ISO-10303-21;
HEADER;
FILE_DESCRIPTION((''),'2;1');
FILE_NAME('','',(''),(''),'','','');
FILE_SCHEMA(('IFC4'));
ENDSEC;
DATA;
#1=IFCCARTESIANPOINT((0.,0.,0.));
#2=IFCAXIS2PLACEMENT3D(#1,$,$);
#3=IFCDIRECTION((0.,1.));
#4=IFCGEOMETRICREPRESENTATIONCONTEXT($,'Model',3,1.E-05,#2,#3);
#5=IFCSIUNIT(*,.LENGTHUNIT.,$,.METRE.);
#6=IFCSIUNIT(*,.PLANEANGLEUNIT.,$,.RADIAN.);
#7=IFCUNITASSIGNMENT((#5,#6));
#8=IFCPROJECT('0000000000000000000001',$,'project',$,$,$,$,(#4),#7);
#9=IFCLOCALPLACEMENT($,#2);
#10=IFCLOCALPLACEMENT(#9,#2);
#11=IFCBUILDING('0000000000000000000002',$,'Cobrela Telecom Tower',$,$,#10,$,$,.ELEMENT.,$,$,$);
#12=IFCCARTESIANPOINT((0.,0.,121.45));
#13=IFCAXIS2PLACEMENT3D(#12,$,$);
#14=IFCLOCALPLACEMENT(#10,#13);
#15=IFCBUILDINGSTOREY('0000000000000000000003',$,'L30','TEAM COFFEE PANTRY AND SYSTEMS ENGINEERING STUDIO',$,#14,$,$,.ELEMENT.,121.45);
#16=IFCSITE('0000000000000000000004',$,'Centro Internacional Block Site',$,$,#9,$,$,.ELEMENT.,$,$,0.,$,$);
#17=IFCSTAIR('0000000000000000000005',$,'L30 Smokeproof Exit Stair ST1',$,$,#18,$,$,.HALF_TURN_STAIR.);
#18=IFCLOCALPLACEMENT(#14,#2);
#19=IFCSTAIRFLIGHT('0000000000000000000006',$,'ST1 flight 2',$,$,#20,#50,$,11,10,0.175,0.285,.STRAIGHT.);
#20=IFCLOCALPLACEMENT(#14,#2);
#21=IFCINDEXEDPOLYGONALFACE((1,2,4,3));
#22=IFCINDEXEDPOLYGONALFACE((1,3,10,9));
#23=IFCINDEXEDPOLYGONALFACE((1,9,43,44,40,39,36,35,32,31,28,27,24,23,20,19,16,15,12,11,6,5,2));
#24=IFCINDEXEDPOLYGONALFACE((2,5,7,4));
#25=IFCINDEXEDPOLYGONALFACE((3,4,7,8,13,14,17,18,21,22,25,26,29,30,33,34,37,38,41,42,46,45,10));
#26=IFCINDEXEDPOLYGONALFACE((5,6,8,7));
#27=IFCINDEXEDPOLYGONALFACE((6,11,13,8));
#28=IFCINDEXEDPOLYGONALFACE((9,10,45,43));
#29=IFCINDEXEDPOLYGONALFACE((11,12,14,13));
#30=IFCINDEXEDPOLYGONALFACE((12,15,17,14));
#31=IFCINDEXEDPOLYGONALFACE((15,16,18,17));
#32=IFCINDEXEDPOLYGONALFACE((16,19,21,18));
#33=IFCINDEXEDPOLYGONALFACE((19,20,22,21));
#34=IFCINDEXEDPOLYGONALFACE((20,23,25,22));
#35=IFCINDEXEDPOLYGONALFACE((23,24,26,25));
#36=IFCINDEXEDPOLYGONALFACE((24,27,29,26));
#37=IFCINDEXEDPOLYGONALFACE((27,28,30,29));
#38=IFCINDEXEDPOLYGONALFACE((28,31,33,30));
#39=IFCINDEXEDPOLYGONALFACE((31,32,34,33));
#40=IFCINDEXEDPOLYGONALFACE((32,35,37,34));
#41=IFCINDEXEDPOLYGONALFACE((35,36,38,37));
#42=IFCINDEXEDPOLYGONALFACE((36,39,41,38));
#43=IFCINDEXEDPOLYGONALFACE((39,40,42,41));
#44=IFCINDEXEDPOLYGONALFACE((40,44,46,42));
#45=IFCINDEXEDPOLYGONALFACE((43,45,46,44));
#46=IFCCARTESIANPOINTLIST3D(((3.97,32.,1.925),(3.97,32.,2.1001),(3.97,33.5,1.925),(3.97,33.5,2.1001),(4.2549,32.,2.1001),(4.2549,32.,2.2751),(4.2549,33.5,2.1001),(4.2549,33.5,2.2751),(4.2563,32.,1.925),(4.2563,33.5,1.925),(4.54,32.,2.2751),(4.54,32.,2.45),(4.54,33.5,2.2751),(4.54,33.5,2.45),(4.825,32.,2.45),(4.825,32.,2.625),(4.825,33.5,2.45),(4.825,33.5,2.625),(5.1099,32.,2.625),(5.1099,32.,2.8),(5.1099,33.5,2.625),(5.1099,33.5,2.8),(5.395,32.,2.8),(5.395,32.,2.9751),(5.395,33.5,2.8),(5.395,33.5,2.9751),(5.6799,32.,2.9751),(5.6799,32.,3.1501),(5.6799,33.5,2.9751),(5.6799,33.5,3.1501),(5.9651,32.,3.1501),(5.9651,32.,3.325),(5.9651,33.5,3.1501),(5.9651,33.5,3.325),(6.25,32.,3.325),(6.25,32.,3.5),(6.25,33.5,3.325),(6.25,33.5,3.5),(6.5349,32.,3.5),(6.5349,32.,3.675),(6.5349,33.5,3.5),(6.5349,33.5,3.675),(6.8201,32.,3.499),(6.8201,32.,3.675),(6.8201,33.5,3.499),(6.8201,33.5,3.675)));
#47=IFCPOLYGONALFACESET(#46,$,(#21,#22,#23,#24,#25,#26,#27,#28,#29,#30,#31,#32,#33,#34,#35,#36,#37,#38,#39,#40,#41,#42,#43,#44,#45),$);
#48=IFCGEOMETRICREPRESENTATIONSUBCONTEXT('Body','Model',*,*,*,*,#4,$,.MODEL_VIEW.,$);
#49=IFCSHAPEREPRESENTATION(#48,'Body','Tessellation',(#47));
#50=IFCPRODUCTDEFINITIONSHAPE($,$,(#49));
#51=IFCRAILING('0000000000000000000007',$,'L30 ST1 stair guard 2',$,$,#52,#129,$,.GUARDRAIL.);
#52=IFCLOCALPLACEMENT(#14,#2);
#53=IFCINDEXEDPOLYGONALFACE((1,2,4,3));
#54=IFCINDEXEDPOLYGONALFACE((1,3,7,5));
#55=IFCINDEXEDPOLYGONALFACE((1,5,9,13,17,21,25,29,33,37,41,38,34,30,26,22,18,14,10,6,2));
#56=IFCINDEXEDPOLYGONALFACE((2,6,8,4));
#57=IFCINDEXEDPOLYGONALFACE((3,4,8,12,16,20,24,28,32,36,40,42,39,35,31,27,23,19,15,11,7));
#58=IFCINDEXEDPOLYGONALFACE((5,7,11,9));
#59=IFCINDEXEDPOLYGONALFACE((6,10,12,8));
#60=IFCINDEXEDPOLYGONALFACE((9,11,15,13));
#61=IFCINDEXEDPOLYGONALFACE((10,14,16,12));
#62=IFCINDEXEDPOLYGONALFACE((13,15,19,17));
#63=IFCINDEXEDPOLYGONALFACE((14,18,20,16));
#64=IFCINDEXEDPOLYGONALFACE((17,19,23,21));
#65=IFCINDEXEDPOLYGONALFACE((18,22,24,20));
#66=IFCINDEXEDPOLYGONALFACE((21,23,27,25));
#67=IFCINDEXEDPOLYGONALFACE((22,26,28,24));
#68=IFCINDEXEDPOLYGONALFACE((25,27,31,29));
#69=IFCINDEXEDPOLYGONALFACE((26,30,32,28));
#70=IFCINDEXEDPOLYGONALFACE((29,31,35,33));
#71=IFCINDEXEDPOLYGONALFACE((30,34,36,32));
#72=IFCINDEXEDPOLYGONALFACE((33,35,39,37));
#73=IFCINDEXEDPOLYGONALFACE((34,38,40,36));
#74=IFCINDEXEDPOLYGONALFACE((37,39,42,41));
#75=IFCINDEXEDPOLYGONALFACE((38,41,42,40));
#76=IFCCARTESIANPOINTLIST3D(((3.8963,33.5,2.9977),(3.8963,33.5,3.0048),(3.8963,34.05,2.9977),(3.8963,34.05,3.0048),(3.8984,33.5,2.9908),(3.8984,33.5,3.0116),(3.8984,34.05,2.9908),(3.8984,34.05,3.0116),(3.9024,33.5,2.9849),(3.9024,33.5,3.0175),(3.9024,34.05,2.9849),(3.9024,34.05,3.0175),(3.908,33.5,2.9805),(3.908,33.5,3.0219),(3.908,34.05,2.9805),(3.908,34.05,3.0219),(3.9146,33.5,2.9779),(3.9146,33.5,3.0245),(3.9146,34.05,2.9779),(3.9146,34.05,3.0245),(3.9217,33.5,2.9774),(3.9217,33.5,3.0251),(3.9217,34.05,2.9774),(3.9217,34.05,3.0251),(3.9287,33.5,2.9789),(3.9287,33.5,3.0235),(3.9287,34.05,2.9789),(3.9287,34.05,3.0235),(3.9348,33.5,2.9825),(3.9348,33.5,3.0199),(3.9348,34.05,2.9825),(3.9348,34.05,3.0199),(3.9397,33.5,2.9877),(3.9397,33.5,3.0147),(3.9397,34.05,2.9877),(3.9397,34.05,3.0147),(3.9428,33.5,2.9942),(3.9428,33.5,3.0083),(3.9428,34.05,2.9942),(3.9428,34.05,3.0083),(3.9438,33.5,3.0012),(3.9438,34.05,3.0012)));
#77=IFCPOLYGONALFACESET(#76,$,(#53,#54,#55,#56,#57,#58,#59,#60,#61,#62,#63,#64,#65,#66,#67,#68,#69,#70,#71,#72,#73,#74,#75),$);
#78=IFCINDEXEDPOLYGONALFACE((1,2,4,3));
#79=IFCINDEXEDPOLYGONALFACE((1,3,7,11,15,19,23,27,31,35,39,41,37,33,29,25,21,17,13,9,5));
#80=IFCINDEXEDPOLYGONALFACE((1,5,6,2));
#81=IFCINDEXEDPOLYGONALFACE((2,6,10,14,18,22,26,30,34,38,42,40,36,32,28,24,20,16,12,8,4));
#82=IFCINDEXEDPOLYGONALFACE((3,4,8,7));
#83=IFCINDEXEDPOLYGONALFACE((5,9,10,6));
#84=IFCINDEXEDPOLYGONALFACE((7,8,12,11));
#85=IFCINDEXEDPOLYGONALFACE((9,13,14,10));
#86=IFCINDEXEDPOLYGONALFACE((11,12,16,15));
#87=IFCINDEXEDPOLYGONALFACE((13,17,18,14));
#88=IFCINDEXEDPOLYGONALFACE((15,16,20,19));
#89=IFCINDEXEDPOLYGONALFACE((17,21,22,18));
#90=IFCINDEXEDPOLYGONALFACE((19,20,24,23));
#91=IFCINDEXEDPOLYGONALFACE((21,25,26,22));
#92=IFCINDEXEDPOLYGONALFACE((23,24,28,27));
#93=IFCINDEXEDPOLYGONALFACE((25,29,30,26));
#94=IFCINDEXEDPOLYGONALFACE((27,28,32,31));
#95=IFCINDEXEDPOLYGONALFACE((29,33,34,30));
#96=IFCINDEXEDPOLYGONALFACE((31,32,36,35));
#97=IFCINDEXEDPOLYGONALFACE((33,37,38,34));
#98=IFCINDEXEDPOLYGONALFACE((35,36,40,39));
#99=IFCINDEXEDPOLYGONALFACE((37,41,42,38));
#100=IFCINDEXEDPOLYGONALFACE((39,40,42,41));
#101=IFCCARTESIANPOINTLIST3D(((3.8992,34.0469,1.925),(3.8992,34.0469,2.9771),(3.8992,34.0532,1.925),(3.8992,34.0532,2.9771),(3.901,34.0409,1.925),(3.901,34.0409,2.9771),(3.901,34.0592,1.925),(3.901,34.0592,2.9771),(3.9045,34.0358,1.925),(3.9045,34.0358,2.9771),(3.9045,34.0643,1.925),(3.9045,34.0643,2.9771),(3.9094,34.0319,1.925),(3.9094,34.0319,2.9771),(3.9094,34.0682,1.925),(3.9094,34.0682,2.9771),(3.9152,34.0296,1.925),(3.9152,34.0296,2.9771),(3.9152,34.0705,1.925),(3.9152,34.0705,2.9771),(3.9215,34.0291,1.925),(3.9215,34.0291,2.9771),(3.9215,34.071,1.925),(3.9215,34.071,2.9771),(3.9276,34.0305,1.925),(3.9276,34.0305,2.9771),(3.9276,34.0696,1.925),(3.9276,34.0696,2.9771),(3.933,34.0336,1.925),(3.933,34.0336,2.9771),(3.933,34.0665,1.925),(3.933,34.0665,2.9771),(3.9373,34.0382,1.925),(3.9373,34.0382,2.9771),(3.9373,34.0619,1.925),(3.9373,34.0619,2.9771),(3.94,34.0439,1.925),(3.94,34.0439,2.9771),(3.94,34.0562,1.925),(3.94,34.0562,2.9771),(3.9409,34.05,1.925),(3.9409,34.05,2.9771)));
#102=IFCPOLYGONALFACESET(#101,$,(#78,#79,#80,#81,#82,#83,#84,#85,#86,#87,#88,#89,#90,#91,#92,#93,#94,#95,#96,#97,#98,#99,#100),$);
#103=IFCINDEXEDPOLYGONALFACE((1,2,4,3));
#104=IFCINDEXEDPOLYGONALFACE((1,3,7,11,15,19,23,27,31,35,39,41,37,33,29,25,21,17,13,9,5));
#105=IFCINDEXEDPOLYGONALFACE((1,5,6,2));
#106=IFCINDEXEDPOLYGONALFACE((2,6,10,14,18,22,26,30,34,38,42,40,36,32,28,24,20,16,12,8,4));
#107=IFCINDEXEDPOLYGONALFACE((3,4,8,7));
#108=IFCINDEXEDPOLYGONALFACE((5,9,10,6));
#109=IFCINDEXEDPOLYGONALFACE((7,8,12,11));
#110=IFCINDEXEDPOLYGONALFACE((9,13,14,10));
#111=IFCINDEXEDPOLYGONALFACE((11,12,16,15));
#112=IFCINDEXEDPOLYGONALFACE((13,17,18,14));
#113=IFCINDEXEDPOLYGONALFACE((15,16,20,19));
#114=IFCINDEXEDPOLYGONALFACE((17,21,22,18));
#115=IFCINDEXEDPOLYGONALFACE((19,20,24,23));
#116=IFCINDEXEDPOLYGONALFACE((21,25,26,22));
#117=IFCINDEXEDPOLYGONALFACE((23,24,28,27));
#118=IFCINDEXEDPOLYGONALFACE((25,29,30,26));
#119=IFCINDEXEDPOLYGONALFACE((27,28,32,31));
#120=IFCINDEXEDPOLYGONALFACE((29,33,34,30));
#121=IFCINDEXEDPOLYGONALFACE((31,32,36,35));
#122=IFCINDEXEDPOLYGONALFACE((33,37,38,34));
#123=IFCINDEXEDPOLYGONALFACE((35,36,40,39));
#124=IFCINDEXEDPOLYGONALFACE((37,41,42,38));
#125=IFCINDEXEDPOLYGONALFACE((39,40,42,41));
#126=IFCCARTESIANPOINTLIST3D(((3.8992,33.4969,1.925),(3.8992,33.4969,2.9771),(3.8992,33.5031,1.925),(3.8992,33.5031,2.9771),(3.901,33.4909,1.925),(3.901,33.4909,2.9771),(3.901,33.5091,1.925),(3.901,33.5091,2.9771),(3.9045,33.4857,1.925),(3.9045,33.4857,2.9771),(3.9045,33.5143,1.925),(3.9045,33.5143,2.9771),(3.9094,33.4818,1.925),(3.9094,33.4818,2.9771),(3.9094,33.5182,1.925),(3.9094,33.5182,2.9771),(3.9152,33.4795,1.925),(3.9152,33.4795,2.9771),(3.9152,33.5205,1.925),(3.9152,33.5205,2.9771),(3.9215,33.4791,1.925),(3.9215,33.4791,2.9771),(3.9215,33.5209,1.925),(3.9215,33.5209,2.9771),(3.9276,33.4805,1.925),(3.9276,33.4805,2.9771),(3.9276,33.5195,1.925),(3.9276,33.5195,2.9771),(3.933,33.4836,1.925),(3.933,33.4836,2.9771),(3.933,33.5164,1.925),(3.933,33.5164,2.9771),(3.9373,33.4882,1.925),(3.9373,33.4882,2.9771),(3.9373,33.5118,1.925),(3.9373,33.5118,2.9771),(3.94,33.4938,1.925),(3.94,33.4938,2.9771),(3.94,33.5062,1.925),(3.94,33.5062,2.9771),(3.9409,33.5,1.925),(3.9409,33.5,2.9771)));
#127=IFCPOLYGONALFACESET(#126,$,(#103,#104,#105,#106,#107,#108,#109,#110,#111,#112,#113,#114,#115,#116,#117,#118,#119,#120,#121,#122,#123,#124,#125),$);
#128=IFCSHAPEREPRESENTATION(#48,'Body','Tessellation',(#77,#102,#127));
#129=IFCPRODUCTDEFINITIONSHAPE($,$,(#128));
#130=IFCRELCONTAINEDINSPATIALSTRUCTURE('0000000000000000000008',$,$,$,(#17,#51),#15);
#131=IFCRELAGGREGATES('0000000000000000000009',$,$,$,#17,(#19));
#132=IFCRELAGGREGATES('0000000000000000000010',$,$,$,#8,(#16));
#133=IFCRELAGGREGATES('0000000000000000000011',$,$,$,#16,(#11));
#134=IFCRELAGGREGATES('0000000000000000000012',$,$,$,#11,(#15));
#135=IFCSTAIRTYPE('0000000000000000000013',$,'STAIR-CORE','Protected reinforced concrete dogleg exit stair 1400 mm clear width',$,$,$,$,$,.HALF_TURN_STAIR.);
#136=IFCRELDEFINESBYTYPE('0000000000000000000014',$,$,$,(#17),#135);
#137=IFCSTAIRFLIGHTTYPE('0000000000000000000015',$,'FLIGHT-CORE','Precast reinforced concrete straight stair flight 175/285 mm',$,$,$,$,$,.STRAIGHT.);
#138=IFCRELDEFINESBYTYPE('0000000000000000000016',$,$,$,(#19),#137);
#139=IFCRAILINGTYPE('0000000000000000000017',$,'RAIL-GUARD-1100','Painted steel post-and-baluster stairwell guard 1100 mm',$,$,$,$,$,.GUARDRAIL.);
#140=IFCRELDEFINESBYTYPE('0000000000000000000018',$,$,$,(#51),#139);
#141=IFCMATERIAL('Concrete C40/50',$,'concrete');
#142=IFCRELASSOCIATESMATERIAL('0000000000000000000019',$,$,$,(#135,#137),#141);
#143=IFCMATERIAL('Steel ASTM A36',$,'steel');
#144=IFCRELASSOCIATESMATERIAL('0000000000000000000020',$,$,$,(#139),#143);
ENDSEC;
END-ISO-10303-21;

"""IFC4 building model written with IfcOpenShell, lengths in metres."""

from ifc_helpers import new_model, si_unit, direction, frame, origin, origin_2d, place, context, subcontext, project, spatial, polyline, circle, outline, extrude, material, type_object, element, aggregate, save


model = new_model("IFC4")

# Units and contexts
model_context = context("Model", 3, precision=1e-05, world=origin(), true_north=direction((0.0, 1.0)))
body_context = subcontext(model_context, "Body", "Model", "MODEL_VIEW")
ifc_project = project(units=[si_unit("LENGTHUNIT", "METRE"), si_unit("PLANEANGLEUNIT", "RADIAN")], contexts=[model_context])

# Site, building, storey
site_placement = place(None, origin())
site = spatial("IfcSite", under=ifc_project, at=site_placement, Name="Centro Internacional Block Site", CompositionType="ELEMENT", RefElevation=0.0)
building_placement = place(site_placement, origin())
building = spatial("IfcBuilding", under=site, at=building_placement, Name="Cobrela Telecom Tower", CompositionType="ELEMENT")
storey_placement = place(building_placement, frame((0.0, 0.0, 121.45)))
storey = spatial("IfcBuildingStorey", under=building, at=storey_placement, Name="L30", Description="TEAM COFFEE PANTRY AND SYSTEMS ENGINEERING STUDIO", CompositionType="ELEMENT", Elevation=121.45)

# Shared definitions
ifc_material_1 = material(Name="Steel ASTM A36", Category="steel")

# Shared definitions
ifc_material_2 = material(Name="Concrete C40/50", Category="concrete")

# Stair, stair flight
stair_type = type_object("IfcStairType", Name="STAIR-CORE", Description="Protected reinforced concrete dogleg exit stair 1400 mm clear width", PredefinedType="HALF_TURN_STAIR", material=ifc_material_2)
stair_placement = place(storey_placement, origin())
stair = element("IfcStair", 1, at=stair_placement, inside=storey, type_object=stair_type, Name="L30 Smokeproof Exit Stair ST1", PredefinedType="HALF_TURN_STAIR")
stair_flight_type = type_object("IfcStairFlightType", Name="FLIGHT-CORE", Description="Precast reinforced concrete straight stair flight 175/285 mm", PredefinedType="STRAIGHT", material=ifc_material_2)
stair_flight_placement = place(storey_placement, frame((3.97, 32.75, 1.925), z_axis=(0.0, 0.0, 1.0), x_axis=(1.0, 0.0, 0.0)))
stair_flight = element("IfcStairFlight", 2, at=stair_flight_placement, type_object=stair_flight_type, Name="ST1 flight 2", NumberOfRisers=11, NumberOfTreads=10, PredefinedType="STRAIGHT", RiserHeight=0.175, TreadLength=0.285, context=body_context, shape_type="SweptSolid", body=[
    extrude(outline(polyline([(0.0, 0.0), (0.0, 0.175), (0.2849, 0.175), (0.2849, 0.3501), (0.5701, 0.3501), (0.5701, 0.5249), (0.855, 0.5249), (0.855, 0.7), (1.1399, 0.7), (1.1399, 0.875), (1.425, 0.875), (1.425, 1.05), (1.71, 1.05), (1.71, 1.2251), (1.9951, 1.2251), (1.9951, 1.3999), (2.28, 1.3999), (2.28, 1.575), (2.5649, 1.575), (2.5649, 1.75), (2.8501, 1.75), (2.8501, 1.925), (2.8501, 1.574), (0.2864, 0.0), (0.0, 0.0)])), frame((0.0, 0.75, 0.0), z_axis=(0.0, -1.0, 0.0), x_axis=(1.0, 0.0, 0.0)), (0.0, 0.0, 1.0), 1.5),
])
aggregate(stair, [stair_flight])

# Railing
railing_type_1 = type_object("IfcRailingType", Name="RAIL-GUARD-1100", Description="Painted steel post-and-baluster stairwell guard 1100 mm", PredefinedType="GUARDRAIL", material=ifc_material_1)
railing_1_placement = place(storey_placement, frame((3.9199, 34.05, 1.925)))
element("IfcRailing", 3, at=railing_1_placement, inside=storey, type_object=railing_type_1, Name="L30 ST1 stair guard 2", PredefinedType="GUARDRAIL", context=body_context, shape_type="SweptSolid", body=[
    extrude(circle(Radius=0.0239, at=origin_2d()), frame((0.0, 0.0, 1.0762), z_axis=(0.0, -1.0, 0.0), x_axis=(1.0, 0.0, 0.0)), (0.0, 0.0, 1.0), 0.55),
    extrude(circle(Radius=0.021, at=origin_2d()), origin(), (0.0, 0.0, 1.0), 1.052),
    extrude(circle(Radius=0.021, at=origin_2d()), frame((0.0, -0.55, 0.0)), (0.0, 0.0, 1.0), 1.052),
])

save(model, "model.ifc")
